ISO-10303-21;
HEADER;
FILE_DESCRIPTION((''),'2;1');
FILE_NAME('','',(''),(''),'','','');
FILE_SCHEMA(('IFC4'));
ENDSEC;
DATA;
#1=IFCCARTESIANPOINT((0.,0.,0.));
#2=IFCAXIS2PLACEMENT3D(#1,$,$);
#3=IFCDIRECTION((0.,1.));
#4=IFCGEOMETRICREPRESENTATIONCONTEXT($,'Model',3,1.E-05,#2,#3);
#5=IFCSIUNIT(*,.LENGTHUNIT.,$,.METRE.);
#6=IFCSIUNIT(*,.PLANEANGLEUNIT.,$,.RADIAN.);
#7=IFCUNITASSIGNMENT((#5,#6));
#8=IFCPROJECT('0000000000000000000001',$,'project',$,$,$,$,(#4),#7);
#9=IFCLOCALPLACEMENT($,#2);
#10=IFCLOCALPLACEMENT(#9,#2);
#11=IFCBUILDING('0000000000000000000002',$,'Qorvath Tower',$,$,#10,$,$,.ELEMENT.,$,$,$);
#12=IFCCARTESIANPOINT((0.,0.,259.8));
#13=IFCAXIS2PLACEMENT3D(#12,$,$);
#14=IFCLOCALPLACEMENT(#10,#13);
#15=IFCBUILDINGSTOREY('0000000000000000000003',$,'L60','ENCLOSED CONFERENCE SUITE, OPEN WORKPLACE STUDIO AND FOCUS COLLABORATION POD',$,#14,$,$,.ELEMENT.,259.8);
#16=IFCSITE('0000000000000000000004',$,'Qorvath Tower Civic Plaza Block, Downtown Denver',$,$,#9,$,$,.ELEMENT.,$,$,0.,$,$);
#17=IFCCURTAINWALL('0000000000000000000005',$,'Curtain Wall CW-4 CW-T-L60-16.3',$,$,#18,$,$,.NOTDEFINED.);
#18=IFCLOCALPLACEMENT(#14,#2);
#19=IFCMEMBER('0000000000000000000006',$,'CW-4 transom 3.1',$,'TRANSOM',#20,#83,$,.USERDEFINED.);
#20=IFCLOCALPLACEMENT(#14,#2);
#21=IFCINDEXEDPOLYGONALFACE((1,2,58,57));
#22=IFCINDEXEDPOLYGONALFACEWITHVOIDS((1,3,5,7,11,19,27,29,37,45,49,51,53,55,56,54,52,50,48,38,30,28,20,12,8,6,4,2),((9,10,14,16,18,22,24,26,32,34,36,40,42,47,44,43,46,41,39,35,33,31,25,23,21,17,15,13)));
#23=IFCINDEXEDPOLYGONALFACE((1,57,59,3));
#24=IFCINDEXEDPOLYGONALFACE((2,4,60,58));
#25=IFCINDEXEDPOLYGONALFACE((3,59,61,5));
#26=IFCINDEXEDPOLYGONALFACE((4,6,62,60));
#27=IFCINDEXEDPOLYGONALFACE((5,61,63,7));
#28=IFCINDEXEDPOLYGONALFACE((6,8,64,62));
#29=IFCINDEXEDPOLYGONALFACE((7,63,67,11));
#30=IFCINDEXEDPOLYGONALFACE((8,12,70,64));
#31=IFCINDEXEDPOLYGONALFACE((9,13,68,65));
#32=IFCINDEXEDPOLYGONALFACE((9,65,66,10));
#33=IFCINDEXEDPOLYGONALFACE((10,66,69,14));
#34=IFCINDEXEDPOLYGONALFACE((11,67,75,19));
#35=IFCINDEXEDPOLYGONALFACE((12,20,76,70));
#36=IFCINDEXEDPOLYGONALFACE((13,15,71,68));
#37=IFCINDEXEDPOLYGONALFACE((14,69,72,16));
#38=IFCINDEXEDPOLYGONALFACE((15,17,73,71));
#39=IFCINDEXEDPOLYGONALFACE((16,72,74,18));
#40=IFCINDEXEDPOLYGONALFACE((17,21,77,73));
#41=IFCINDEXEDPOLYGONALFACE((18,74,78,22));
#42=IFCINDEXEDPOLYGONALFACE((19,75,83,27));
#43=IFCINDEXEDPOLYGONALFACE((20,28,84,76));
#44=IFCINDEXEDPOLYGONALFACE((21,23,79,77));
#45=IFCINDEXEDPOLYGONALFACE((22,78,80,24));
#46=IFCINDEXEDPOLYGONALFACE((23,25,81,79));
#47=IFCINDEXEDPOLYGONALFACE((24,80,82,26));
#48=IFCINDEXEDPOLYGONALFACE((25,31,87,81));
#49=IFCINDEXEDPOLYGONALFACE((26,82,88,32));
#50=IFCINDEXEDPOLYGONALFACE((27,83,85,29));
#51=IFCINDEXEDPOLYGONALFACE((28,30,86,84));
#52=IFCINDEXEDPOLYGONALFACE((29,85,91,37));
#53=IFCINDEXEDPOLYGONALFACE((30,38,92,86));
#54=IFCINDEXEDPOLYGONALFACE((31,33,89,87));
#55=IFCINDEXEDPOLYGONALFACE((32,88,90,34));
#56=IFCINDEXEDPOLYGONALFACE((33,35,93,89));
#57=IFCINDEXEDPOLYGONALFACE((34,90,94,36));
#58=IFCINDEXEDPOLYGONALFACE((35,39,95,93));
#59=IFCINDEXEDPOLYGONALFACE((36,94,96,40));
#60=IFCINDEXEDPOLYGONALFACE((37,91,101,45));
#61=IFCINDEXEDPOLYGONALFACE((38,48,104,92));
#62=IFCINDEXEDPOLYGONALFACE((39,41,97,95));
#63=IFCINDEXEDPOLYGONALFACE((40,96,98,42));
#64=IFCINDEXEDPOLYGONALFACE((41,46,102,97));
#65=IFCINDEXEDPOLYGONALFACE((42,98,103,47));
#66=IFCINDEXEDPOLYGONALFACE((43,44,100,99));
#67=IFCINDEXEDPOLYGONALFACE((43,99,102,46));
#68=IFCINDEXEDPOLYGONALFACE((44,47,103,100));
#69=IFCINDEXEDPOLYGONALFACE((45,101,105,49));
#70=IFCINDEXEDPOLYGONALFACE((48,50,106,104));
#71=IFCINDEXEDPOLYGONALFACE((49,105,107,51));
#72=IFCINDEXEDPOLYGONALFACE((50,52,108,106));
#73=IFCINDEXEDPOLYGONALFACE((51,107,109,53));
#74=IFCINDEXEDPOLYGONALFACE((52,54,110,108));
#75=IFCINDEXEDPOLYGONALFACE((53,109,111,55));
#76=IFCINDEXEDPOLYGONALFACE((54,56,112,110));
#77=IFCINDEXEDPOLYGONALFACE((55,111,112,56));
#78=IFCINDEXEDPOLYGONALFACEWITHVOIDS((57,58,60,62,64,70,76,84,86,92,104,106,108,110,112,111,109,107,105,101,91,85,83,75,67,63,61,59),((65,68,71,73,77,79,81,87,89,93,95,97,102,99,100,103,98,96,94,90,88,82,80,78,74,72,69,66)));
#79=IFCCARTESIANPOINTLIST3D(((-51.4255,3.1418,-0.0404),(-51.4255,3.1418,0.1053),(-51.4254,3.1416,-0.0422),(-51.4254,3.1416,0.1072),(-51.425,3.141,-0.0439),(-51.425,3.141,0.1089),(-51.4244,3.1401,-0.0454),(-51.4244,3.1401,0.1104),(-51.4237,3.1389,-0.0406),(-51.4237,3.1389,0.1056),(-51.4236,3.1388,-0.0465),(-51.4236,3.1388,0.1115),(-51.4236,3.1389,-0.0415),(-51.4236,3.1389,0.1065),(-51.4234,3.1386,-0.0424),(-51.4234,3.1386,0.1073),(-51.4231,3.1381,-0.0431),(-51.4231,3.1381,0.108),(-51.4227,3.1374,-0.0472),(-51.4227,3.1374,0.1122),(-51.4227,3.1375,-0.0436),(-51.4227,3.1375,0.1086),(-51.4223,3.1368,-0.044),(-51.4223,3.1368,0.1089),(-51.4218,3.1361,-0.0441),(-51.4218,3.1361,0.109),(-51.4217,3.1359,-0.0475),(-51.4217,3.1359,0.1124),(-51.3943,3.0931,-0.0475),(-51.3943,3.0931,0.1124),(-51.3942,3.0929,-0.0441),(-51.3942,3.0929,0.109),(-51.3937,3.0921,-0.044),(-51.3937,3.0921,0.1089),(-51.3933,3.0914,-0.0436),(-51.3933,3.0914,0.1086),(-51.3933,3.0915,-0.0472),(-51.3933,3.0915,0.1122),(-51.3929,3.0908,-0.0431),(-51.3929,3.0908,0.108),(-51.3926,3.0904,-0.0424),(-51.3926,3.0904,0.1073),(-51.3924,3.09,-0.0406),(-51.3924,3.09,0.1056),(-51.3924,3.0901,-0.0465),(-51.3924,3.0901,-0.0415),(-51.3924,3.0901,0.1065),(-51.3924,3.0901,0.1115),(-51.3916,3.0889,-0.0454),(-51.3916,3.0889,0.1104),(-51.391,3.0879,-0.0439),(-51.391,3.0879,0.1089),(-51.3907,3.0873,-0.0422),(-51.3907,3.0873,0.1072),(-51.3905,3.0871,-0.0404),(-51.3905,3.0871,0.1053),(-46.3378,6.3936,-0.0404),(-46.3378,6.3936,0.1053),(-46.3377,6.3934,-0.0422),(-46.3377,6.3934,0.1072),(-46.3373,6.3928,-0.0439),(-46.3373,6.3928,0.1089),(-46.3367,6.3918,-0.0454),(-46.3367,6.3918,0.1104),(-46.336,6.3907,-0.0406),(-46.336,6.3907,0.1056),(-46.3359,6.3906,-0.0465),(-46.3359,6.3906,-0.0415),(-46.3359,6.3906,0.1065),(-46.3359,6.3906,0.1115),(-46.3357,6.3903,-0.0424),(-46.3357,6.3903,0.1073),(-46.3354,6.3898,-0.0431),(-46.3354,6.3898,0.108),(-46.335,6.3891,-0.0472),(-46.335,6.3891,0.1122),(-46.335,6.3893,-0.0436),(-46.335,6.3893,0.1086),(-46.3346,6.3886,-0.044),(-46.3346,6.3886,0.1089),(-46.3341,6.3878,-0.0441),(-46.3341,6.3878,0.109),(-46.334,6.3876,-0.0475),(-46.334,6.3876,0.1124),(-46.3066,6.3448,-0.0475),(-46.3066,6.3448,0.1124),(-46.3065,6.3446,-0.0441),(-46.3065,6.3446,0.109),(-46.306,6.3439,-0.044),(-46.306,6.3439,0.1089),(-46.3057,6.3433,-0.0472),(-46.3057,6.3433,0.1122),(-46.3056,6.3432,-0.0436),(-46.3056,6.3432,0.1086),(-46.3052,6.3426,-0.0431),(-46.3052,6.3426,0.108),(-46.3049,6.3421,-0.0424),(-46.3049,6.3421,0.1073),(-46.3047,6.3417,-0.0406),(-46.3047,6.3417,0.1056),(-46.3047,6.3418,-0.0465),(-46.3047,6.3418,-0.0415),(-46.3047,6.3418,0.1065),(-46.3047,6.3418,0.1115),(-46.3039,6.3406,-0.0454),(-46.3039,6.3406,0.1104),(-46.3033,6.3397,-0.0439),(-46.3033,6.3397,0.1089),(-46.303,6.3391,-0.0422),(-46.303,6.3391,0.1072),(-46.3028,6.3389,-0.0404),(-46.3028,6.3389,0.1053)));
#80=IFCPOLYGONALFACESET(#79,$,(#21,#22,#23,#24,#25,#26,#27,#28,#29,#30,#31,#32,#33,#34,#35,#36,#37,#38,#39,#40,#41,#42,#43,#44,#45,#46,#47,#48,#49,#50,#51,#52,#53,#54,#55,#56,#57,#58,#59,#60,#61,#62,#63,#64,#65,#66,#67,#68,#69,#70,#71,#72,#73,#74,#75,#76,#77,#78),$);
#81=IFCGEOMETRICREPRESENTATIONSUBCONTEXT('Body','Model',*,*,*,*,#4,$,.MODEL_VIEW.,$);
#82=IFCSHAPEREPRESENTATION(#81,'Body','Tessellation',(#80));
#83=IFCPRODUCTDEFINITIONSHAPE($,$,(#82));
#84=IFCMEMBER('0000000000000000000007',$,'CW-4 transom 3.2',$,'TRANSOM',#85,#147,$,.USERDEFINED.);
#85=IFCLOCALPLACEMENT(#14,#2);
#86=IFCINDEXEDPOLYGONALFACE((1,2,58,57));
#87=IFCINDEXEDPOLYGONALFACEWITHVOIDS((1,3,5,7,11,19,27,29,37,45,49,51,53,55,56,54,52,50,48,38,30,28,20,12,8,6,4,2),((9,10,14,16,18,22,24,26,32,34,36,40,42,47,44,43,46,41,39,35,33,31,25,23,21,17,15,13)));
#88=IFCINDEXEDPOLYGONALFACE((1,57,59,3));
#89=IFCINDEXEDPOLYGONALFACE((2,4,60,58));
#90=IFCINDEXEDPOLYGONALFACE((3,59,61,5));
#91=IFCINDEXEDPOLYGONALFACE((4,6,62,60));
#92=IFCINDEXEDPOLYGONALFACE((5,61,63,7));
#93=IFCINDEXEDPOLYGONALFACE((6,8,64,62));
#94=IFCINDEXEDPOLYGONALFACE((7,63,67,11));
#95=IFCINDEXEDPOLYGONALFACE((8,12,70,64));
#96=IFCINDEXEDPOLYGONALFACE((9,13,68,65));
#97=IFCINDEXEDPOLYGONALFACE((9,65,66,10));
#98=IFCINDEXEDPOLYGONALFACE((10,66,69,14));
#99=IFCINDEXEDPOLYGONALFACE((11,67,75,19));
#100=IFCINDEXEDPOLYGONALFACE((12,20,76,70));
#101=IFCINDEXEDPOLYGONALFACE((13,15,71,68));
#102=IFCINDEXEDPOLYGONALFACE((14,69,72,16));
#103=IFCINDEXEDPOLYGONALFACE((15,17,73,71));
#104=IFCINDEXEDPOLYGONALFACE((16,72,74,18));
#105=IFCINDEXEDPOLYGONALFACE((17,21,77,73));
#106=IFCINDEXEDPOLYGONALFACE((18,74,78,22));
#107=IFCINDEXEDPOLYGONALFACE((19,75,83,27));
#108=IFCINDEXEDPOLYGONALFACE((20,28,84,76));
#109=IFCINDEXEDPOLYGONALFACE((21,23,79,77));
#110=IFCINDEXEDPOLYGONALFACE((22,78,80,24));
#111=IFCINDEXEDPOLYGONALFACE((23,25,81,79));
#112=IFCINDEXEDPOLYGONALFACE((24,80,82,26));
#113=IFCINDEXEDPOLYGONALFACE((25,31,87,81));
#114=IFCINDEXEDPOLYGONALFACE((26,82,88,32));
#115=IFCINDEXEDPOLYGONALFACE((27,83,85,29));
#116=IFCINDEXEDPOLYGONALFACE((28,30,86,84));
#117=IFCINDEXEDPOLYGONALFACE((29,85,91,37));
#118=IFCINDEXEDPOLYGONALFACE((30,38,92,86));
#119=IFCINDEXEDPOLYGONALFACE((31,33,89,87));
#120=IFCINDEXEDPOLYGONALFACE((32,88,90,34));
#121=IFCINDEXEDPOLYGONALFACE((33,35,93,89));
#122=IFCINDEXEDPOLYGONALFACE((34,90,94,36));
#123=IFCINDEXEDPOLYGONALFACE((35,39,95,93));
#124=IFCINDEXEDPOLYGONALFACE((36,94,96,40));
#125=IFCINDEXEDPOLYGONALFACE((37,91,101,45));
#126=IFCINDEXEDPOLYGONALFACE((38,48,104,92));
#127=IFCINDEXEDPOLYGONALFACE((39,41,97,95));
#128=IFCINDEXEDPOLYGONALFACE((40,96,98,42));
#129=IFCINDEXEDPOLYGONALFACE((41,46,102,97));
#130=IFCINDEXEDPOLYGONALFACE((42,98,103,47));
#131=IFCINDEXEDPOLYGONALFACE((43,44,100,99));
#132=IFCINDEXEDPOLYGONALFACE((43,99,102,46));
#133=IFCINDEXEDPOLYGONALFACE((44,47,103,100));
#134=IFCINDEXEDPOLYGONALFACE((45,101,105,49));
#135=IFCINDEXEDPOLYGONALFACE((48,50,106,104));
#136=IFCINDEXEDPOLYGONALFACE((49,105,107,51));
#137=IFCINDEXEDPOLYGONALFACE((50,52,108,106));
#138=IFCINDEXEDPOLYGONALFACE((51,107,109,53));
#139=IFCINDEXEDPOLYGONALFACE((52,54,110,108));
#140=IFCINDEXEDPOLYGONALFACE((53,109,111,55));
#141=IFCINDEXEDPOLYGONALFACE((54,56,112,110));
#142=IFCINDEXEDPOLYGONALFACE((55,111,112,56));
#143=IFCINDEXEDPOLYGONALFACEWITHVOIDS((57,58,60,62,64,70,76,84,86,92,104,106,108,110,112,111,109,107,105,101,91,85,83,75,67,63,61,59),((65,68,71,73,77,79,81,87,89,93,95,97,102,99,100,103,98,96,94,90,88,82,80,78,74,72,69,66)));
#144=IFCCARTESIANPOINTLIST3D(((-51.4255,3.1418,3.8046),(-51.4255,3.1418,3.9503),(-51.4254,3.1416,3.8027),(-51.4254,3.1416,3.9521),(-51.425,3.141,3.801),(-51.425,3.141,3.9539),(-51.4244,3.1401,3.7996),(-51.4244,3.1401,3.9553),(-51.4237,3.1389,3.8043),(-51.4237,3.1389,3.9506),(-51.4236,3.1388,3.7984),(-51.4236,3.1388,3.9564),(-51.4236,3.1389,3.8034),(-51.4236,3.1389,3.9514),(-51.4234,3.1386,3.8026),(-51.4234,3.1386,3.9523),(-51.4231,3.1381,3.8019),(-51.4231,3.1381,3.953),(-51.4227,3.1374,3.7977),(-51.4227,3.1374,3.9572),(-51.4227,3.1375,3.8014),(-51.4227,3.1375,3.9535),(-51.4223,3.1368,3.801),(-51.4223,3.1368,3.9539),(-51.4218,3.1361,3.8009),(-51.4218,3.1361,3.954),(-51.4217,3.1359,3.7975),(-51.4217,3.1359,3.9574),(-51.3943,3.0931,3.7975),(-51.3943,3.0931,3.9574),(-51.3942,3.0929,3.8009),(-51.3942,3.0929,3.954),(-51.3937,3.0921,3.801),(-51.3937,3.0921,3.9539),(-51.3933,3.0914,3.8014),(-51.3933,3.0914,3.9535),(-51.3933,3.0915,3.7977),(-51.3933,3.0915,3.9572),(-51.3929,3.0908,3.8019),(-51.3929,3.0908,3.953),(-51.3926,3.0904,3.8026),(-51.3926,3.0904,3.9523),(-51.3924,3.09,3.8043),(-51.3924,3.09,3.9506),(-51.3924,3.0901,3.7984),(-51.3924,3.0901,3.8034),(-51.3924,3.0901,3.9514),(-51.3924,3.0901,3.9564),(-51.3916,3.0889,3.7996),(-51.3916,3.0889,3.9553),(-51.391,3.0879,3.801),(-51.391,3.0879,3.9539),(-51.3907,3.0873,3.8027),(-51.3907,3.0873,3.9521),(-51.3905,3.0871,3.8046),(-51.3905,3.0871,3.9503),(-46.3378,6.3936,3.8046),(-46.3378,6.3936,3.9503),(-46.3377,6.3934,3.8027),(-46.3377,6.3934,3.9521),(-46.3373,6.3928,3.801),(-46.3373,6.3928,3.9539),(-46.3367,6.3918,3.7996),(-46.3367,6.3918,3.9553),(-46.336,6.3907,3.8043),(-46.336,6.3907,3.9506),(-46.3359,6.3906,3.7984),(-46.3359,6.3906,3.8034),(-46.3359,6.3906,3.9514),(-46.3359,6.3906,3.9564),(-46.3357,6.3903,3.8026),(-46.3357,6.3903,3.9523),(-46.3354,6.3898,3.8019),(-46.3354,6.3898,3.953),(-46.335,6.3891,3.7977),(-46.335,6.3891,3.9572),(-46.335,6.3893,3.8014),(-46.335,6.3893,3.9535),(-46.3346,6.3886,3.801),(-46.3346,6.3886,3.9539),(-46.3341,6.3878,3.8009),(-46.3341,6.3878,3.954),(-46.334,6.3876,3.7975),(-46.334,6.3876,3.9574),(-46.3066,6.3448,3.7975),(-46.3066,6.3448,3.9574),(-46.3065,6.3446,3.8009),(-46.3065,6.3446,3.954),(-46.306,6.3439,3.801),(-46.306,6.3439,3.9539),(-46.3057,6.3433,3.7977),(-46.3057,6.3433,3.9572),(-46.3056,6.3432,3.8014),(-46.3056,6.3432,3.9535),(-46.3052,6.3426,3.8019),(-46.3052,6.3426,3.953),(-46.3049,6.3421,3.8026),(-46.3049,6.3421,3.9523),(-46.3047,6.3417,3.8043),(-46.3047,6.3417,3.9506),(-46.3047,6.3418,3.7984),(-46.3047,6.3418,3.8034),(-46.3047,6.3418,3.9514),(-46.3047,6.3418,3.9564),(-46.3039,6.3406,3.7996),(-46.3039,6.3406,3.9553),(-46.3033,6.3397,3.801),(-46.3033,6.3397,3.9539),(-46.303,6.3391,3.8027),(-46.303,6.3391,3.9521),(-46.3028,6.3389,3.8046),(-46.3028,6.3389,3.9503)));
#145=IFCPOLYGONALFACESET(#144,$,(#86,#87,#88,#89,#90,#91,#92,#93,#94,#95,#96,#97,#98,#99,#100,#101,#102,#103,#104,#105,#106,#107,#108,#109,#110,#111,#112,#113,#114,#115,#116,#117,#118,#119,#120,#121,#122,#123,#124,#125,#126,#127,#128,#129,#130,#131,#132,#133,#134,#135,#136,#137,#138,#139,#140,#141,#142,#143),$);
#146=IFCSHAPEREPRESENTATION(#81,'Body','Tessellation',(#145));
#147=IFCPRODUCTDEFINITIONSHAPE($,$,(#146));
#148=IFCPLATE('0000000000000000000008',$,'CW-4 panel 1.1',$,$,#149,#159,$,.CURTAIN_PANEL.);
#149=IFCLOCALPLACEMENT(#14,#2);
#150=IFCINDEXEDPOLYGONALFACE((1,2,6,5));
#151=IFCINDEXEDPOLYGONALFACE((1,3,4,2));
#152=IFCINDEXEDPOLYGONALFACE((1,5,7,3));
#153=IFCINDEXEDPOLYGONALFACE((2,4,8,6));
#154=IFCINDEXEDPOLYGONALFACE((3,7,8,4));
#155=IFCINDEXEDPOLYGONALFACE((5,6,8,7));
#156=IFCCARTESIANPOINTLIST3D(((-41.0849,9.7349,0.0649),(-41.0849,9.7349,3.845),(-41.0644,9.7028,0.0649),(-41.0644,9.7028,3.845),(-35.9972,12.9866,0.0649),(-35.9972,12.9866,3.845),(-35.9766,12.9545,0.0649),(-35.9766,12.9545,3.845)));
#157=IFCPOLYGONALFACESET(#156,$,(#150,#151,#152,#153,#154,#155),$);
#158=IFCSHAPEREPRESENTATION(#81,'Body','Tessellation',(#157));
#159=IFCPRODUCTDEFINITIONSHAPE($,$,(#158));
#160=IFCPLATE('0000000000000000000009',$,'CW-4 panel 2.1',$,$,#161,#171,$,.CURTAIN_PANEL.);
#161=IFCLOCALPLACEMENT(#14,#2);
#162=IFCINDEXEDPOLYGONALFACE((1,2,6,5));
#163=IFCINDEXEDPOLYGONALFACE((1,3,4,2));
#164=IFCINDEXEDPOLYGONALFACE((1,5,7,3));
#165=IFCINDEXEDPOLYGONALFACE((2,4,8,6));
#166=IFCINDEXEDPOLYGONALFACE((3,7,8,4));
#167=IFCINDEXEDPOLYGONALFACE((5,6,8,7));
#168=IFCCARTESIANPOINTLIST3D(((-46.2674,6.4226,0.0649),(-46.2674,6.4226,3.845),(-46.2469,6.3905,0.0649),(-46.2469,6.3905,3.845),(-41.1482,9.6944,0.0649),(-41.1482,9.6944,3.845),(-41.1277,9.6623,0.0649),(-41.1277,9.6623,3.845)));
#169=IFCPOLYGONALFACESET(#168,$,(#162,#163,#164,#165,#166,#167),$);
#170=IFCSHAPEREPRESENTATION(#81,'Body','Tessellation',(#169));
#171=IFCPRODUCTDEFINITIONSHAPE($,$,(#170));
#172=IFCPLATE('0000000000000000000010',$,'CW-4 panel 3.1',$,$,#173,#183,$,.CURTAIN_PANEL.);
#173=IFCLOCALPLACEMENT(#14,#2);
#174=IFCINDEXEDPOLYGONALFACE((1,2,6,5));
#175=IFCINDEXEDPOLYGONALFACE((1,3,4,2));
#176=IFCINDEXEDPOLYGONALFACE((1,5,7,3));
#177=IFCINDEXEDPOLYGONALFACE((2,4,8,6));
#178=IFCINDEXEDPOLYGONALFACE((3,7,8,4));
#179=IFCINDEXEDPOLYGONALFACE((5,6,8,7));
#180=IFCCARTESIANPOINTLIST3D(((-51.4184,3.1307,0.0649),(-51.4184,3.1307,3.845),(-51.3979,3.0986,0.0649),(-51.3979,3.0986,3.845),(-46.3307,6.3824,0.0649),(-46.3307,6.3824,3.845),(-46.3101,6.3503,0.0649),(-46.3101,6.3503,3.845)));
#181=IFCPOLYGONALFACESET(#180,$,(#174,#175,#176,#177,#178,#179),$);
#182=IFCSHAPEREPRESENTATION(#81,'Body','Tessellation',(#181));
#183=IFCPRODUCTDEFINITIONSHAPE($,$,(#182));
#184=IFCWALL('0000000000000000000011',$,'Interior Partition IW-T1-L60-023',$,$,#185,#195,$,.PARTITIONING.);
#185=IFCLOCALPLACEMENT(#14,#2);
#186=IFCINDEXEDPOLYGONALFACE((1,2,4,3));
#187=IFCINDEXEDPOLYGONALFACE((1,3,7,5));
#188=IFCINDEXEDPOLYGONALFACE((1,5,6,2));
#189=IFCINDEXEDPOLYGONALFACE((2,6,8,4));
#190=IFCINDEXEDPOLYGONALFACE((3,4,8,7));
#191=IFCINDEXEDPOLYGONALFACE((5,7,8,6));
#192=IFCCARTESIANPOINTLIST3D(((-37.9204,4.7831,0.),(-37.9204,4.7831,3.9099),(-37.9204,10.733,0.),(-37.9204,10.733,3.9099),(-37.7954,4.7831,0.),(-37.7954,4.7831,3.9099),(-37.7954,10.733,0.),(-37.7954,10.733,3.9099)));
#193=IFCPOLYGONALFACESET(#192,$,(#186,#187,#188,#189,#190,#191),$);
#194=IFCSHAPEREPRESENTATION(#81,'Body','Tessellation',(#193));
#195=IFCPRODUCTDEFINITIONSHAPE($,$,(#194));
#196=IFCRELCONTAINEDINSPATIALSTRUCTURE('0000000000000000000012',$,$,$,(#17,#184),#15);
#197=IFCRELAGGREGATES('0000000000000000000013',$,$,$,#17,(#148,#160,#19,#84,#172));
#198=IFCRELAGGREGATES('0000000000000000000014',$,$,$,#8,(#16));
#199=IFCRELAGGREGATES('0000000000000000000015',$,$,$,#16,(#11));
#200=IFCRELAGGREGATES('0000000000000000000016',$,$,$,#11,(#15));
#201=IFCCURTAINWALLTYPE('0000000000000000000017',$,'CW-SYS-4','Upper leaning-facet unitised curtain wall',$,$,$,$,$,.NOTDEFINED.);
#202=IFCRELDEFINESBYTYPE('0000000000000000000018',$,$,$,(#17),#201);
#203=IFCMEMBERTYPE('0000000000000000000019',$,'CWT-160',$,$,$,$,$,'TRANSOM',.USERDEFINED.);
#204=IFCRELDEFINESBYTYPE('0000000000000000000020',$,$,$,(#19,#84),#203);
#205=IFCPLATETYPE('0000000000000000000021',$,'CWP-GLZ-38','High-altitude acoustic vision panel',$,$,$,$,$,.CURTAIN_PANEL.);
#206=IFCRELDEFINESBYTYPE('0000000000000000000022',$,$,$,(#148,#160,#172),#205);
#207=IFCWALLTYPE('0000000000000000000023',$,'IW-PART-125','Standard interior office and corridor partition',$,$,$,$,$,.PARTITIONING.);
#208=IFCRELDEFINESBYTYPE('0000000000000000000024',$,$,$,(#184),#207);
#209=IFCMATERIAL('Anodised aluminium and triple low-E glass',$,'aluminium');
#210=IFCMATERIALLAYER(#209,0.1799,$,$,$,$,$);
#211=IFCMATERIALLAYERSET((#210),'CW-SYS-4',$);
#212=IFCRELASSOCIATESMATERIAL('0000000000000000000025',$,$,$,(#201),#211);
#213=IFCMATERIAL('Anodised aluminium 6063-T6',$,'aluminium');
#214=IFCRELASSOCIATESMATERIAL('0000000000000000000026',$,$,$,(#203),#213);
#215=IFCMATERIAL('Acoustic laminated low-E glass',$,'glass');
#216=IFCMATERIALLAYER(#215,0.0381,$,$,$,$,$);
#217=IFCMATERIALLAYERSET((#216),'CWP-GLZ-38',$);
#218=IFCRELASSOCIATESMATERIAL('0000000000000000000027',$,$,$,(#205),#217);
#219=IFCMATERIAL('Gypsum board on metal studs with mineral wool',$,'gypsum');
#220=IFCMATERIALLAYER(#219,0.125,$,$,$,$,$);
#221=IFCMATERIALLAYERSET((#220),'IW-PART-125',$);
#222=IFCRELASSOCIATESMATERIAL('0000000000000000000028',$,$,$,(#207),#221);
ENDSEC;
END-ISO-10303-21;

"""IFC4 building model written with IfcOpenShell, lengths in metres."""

from ifc_helpers import new_model, si_unit, direction, frame, frame_2d, origin, origin_2d, place, context, subcontext, project, spatial, rectangle, hollow_rectangle, extrude, material, layer, layer_set, material_profile, profile_set, type_object, element, aggregate, save


model = new_model("IFC4")

# Units and contexts
model_context = context("Model", 3, precision=1e-05, world=origin(), true_north=direction((0.0, 1.0)))
body_context = subcontext(model_context, "Body", "Model", "MODEL_VIEW")
ifc_project = project(units=[si_unit("LENGTHUNIT", "METRE"), si_unit("PLANEANGLEUNIT", "RADIAN")], contexts=[model_context])

# Site, building, storey
site_placement = place(None, origin())
site = spatial("IfcSite", under=ifc_project, at=site_placement, Name="Qorvath Tower Civic Plaza Block, Downtown Denver", CompositionType="ELEMENT", RefElevation=0.0)
building_placement = place(site_placement, origin())
building = spatial("IfcBuilding", under=site, at=building_placement, Name="Qorvath Tower", CompositionType="ELEMENT")
storey_placement = place(building_placement, frame((0.0, 0.0, 259.8)))
storey = spatial("IfcBuildingStorey", under=building, at=storey_placement, Name="L60", Description="ENCLOSED CONFERENCE SUITE, OPEN WORKPLACE STUDIO AND FOCUS COLLABORATION POD", CompositionType="ELEMENT", Elevation=259.8)

# Curtain wall, members, plates
ifc_material_1 = material(Name="Anodised aluminium and triple low-E glass", Category="aluminium")
ifc_layer_1 = layer(ifc_material_1, 0.1799)
ifc_layer_set_1 = layer_set([ifc_layer_1], Name="CW-SYS-4")
curtain_wall_type = type_object("IfcCurtainWallType", Name="CW-SYS-4", Description="Upper leaning-facet unitised curtain wall", PredefinedType="NOTDEFINED", material=ifc_layer_set_1)
curtain_wall_placement = place(storey_placement, origin())
curtain_wall = element("IfcCurtainWall", 1, at=curtain_wall_placement, inside=storey, type_object=curtain_wall_type, Name="Curtain Wall CW-4 CW-T-L60-16.3", PredefinedType="NOTDEFINED")
ifc_material_2 = material(Name="Anodised aluminium 6063-T6", Category="aluminium")
ifc_material_profile_1 = material_profile(ifc_material_2, hollow_rectangle(XDim=0.0649, YDim=0.1599, WallThickness=0.0034, InnerFilletRadius=0.0034, OuterFilletRadius=0.0071, at=origin_2d()), Name="CWT 160x65")
ifc_profile_set_1 = profile_set([ifc_material_profile_1], Name="Anodised aluminium 6063-T6")
member_type_1 = type_object("IfcMemberType", Name="CWT-160", ElementType="TRANSOM", PredefinedType="USERDEFINED", material=ifc_profile_set_1)
member_1_placement = place(storey_placement, frame((-46.3203, 6.3662, 0.0325), z_axis=(-0.842601, -0.538538, 0.0), x_axis=(0.538538, -0.842601, 0.0)))
member_1 = element("IfcMember", 2, at=member_1_placement, type_object=member_type_1, Name="CW-4 transom 3.1", ObjectType="TRANSOM", PredefinedType="USERDEFINED", context=body_context, shape_type="SweptSolid", body=[
    extrude(hollow_rectangle(XDim=0.0649, YDim=0.1599, WallThickness=0.0034, InnerFilletRadius=0.0034, OuterFilletRadius=0.0071, at=origin_2d()), origin(), (0.0, 0.0, 1.0), 6.0381),
])
member_2_placement = place(storey_placement, frame((-46.3203, 6.3662, 3.8774), z_axis=(-0.842601, -0.538538, 0.0), x_axis=(0.538538, -0.842601, 0.0)))
member_2 = element("IfcMember", 3, at=member_2_placement, type_object=member_type_1, Name="CW-4 transom 3.2", ObjectType="TRANSOM", PredefinedType="USERDEFINED", context=body_context, shape_type="SweptSolid", body=[
    extrude(hollow_rectangle(XDim=0.0649, YDim=0.1599, WallThickness=0.0034, InnerFilletRadius=0.0034, OuterFilletRadius=0.0071, at=origin_2d()), origin(), (0.0, 0.0, 1.0), 6.0381),
])
ifc_material_3 = material(Name="Acoustic laminated low-E glass", Category="glass")
ifc_layer_2 = layer(ifc_material_3, 0.0381)
ifc_layer_set_2 = layer_set([ifc_layer_2], Name="CWP-GLZ-38")
plate_type = type_object("IfcPlateType", Name="CWP-GLZ-38", Description="High-altitude acoustic vision panel", PredefinedType="CURTAIN_PANEL", material=ifc_layer_set_2)
plate_1_placement = place(storey_placement, frame((-38.5308, 11.3447, 0.0649), z_axis=(0.0, 0.0, 1.0), x_axis=(-0.842604, -0.538533, 0.0)))
plate_1 = element("IfcPlate", 4, at=plate_1_placement, type_object=plate_type, Name="CW-4 panel 1.1", PredefinedType="CURTAIN_PANEL", context=body_context, shape_type="SweptSolid", body=[
    extrude(rectangle(XDim=6.0381, YDim=0.0381, at=origin_2d()), origin(), (0.0, 0.0, 1.0), 3.78),
])
plate_2_placement = place(storey_placement, frame((-43.6975, 8.0425, 0.0649), z_axis=(0.0, 0.0, 1.0), x_axis=(-0.842604, -0.538533, 0.0)))
plate_2 = element("IfcPlate", 5, at=plate_2_placement, type_object=plate_type, Name="CW-4 panel 2.1", PredefinedType="CURTAIN_PANEL", context=body_context, shape_type="SweptSolid", body=[
    extrude(rectangle(XDim=6.0754, YDim=0.0381, at=origin_2d()), origin(), (0.0, 0.0, 1.0), 3.78),
])
plate_3_placement = place(storey_placement, frame((-48.8643, 4.7405, 0.0649), z_axis=(0.0, 0.0, 1.0), x_axis=(-0.842604, -0.538533, 0.0)))
plate_3 = element("IfcPlate", 6, at=plate_3_placement, type_object=plate_type, Name="CW-4 panel 3.1", PredefinedType="CURTAIN_PANEL", context=body_context, shape_type="SweptSolid", body=[
    extrude(rectangle(XDim=6.0381, YDim=0.0381, at=origin_2d()), origin(), (0.0, 0.0, 1.0), 3.78),
])
aggregate(curtain_wall, [plate_1, plate_2, member_1, member_2, plate_3])

# Wall
ifc_material_4 = material(Name="Gypsum board on metal studs with mineral wool", Category="gypsum")
ifc_layer_3 = layer(ifc_material_4, 0.125)
ifc_layer_set_3 = layer_set([ifc_layer_3], Name="IW-PART-125")
wall_type_1 = type_object("IfcWallType", Name="IW-PART-125", Description="Standard interior office and corridor partition", PredefinedType="PARTITIONING", material=ifc_layer_set_3)
wall_1_placement = place(storey_placement, frame((-37.8579, 10.7332, 0.0), z_axis=(0.0, 0.0, 1.0), x_axis=(0.0, -1.0, 0.0)))
element("IfcWall", 7, at=wall_1_placement, inside=storey, type_object=wall_type_1, Name="Interior Partition IW-T1-L60-023", PredefinedType="PARTITIONING", context=body_context, shape_type="SweptSolid", body=[
    extrude(rectangle(XDim=5.95, YDim=0.125, at=frame_2d((2.9751, 0.0))), origin(), (0.0, 0.0, 1.0), 3.9099),
])

save(model, "model.ifc")
